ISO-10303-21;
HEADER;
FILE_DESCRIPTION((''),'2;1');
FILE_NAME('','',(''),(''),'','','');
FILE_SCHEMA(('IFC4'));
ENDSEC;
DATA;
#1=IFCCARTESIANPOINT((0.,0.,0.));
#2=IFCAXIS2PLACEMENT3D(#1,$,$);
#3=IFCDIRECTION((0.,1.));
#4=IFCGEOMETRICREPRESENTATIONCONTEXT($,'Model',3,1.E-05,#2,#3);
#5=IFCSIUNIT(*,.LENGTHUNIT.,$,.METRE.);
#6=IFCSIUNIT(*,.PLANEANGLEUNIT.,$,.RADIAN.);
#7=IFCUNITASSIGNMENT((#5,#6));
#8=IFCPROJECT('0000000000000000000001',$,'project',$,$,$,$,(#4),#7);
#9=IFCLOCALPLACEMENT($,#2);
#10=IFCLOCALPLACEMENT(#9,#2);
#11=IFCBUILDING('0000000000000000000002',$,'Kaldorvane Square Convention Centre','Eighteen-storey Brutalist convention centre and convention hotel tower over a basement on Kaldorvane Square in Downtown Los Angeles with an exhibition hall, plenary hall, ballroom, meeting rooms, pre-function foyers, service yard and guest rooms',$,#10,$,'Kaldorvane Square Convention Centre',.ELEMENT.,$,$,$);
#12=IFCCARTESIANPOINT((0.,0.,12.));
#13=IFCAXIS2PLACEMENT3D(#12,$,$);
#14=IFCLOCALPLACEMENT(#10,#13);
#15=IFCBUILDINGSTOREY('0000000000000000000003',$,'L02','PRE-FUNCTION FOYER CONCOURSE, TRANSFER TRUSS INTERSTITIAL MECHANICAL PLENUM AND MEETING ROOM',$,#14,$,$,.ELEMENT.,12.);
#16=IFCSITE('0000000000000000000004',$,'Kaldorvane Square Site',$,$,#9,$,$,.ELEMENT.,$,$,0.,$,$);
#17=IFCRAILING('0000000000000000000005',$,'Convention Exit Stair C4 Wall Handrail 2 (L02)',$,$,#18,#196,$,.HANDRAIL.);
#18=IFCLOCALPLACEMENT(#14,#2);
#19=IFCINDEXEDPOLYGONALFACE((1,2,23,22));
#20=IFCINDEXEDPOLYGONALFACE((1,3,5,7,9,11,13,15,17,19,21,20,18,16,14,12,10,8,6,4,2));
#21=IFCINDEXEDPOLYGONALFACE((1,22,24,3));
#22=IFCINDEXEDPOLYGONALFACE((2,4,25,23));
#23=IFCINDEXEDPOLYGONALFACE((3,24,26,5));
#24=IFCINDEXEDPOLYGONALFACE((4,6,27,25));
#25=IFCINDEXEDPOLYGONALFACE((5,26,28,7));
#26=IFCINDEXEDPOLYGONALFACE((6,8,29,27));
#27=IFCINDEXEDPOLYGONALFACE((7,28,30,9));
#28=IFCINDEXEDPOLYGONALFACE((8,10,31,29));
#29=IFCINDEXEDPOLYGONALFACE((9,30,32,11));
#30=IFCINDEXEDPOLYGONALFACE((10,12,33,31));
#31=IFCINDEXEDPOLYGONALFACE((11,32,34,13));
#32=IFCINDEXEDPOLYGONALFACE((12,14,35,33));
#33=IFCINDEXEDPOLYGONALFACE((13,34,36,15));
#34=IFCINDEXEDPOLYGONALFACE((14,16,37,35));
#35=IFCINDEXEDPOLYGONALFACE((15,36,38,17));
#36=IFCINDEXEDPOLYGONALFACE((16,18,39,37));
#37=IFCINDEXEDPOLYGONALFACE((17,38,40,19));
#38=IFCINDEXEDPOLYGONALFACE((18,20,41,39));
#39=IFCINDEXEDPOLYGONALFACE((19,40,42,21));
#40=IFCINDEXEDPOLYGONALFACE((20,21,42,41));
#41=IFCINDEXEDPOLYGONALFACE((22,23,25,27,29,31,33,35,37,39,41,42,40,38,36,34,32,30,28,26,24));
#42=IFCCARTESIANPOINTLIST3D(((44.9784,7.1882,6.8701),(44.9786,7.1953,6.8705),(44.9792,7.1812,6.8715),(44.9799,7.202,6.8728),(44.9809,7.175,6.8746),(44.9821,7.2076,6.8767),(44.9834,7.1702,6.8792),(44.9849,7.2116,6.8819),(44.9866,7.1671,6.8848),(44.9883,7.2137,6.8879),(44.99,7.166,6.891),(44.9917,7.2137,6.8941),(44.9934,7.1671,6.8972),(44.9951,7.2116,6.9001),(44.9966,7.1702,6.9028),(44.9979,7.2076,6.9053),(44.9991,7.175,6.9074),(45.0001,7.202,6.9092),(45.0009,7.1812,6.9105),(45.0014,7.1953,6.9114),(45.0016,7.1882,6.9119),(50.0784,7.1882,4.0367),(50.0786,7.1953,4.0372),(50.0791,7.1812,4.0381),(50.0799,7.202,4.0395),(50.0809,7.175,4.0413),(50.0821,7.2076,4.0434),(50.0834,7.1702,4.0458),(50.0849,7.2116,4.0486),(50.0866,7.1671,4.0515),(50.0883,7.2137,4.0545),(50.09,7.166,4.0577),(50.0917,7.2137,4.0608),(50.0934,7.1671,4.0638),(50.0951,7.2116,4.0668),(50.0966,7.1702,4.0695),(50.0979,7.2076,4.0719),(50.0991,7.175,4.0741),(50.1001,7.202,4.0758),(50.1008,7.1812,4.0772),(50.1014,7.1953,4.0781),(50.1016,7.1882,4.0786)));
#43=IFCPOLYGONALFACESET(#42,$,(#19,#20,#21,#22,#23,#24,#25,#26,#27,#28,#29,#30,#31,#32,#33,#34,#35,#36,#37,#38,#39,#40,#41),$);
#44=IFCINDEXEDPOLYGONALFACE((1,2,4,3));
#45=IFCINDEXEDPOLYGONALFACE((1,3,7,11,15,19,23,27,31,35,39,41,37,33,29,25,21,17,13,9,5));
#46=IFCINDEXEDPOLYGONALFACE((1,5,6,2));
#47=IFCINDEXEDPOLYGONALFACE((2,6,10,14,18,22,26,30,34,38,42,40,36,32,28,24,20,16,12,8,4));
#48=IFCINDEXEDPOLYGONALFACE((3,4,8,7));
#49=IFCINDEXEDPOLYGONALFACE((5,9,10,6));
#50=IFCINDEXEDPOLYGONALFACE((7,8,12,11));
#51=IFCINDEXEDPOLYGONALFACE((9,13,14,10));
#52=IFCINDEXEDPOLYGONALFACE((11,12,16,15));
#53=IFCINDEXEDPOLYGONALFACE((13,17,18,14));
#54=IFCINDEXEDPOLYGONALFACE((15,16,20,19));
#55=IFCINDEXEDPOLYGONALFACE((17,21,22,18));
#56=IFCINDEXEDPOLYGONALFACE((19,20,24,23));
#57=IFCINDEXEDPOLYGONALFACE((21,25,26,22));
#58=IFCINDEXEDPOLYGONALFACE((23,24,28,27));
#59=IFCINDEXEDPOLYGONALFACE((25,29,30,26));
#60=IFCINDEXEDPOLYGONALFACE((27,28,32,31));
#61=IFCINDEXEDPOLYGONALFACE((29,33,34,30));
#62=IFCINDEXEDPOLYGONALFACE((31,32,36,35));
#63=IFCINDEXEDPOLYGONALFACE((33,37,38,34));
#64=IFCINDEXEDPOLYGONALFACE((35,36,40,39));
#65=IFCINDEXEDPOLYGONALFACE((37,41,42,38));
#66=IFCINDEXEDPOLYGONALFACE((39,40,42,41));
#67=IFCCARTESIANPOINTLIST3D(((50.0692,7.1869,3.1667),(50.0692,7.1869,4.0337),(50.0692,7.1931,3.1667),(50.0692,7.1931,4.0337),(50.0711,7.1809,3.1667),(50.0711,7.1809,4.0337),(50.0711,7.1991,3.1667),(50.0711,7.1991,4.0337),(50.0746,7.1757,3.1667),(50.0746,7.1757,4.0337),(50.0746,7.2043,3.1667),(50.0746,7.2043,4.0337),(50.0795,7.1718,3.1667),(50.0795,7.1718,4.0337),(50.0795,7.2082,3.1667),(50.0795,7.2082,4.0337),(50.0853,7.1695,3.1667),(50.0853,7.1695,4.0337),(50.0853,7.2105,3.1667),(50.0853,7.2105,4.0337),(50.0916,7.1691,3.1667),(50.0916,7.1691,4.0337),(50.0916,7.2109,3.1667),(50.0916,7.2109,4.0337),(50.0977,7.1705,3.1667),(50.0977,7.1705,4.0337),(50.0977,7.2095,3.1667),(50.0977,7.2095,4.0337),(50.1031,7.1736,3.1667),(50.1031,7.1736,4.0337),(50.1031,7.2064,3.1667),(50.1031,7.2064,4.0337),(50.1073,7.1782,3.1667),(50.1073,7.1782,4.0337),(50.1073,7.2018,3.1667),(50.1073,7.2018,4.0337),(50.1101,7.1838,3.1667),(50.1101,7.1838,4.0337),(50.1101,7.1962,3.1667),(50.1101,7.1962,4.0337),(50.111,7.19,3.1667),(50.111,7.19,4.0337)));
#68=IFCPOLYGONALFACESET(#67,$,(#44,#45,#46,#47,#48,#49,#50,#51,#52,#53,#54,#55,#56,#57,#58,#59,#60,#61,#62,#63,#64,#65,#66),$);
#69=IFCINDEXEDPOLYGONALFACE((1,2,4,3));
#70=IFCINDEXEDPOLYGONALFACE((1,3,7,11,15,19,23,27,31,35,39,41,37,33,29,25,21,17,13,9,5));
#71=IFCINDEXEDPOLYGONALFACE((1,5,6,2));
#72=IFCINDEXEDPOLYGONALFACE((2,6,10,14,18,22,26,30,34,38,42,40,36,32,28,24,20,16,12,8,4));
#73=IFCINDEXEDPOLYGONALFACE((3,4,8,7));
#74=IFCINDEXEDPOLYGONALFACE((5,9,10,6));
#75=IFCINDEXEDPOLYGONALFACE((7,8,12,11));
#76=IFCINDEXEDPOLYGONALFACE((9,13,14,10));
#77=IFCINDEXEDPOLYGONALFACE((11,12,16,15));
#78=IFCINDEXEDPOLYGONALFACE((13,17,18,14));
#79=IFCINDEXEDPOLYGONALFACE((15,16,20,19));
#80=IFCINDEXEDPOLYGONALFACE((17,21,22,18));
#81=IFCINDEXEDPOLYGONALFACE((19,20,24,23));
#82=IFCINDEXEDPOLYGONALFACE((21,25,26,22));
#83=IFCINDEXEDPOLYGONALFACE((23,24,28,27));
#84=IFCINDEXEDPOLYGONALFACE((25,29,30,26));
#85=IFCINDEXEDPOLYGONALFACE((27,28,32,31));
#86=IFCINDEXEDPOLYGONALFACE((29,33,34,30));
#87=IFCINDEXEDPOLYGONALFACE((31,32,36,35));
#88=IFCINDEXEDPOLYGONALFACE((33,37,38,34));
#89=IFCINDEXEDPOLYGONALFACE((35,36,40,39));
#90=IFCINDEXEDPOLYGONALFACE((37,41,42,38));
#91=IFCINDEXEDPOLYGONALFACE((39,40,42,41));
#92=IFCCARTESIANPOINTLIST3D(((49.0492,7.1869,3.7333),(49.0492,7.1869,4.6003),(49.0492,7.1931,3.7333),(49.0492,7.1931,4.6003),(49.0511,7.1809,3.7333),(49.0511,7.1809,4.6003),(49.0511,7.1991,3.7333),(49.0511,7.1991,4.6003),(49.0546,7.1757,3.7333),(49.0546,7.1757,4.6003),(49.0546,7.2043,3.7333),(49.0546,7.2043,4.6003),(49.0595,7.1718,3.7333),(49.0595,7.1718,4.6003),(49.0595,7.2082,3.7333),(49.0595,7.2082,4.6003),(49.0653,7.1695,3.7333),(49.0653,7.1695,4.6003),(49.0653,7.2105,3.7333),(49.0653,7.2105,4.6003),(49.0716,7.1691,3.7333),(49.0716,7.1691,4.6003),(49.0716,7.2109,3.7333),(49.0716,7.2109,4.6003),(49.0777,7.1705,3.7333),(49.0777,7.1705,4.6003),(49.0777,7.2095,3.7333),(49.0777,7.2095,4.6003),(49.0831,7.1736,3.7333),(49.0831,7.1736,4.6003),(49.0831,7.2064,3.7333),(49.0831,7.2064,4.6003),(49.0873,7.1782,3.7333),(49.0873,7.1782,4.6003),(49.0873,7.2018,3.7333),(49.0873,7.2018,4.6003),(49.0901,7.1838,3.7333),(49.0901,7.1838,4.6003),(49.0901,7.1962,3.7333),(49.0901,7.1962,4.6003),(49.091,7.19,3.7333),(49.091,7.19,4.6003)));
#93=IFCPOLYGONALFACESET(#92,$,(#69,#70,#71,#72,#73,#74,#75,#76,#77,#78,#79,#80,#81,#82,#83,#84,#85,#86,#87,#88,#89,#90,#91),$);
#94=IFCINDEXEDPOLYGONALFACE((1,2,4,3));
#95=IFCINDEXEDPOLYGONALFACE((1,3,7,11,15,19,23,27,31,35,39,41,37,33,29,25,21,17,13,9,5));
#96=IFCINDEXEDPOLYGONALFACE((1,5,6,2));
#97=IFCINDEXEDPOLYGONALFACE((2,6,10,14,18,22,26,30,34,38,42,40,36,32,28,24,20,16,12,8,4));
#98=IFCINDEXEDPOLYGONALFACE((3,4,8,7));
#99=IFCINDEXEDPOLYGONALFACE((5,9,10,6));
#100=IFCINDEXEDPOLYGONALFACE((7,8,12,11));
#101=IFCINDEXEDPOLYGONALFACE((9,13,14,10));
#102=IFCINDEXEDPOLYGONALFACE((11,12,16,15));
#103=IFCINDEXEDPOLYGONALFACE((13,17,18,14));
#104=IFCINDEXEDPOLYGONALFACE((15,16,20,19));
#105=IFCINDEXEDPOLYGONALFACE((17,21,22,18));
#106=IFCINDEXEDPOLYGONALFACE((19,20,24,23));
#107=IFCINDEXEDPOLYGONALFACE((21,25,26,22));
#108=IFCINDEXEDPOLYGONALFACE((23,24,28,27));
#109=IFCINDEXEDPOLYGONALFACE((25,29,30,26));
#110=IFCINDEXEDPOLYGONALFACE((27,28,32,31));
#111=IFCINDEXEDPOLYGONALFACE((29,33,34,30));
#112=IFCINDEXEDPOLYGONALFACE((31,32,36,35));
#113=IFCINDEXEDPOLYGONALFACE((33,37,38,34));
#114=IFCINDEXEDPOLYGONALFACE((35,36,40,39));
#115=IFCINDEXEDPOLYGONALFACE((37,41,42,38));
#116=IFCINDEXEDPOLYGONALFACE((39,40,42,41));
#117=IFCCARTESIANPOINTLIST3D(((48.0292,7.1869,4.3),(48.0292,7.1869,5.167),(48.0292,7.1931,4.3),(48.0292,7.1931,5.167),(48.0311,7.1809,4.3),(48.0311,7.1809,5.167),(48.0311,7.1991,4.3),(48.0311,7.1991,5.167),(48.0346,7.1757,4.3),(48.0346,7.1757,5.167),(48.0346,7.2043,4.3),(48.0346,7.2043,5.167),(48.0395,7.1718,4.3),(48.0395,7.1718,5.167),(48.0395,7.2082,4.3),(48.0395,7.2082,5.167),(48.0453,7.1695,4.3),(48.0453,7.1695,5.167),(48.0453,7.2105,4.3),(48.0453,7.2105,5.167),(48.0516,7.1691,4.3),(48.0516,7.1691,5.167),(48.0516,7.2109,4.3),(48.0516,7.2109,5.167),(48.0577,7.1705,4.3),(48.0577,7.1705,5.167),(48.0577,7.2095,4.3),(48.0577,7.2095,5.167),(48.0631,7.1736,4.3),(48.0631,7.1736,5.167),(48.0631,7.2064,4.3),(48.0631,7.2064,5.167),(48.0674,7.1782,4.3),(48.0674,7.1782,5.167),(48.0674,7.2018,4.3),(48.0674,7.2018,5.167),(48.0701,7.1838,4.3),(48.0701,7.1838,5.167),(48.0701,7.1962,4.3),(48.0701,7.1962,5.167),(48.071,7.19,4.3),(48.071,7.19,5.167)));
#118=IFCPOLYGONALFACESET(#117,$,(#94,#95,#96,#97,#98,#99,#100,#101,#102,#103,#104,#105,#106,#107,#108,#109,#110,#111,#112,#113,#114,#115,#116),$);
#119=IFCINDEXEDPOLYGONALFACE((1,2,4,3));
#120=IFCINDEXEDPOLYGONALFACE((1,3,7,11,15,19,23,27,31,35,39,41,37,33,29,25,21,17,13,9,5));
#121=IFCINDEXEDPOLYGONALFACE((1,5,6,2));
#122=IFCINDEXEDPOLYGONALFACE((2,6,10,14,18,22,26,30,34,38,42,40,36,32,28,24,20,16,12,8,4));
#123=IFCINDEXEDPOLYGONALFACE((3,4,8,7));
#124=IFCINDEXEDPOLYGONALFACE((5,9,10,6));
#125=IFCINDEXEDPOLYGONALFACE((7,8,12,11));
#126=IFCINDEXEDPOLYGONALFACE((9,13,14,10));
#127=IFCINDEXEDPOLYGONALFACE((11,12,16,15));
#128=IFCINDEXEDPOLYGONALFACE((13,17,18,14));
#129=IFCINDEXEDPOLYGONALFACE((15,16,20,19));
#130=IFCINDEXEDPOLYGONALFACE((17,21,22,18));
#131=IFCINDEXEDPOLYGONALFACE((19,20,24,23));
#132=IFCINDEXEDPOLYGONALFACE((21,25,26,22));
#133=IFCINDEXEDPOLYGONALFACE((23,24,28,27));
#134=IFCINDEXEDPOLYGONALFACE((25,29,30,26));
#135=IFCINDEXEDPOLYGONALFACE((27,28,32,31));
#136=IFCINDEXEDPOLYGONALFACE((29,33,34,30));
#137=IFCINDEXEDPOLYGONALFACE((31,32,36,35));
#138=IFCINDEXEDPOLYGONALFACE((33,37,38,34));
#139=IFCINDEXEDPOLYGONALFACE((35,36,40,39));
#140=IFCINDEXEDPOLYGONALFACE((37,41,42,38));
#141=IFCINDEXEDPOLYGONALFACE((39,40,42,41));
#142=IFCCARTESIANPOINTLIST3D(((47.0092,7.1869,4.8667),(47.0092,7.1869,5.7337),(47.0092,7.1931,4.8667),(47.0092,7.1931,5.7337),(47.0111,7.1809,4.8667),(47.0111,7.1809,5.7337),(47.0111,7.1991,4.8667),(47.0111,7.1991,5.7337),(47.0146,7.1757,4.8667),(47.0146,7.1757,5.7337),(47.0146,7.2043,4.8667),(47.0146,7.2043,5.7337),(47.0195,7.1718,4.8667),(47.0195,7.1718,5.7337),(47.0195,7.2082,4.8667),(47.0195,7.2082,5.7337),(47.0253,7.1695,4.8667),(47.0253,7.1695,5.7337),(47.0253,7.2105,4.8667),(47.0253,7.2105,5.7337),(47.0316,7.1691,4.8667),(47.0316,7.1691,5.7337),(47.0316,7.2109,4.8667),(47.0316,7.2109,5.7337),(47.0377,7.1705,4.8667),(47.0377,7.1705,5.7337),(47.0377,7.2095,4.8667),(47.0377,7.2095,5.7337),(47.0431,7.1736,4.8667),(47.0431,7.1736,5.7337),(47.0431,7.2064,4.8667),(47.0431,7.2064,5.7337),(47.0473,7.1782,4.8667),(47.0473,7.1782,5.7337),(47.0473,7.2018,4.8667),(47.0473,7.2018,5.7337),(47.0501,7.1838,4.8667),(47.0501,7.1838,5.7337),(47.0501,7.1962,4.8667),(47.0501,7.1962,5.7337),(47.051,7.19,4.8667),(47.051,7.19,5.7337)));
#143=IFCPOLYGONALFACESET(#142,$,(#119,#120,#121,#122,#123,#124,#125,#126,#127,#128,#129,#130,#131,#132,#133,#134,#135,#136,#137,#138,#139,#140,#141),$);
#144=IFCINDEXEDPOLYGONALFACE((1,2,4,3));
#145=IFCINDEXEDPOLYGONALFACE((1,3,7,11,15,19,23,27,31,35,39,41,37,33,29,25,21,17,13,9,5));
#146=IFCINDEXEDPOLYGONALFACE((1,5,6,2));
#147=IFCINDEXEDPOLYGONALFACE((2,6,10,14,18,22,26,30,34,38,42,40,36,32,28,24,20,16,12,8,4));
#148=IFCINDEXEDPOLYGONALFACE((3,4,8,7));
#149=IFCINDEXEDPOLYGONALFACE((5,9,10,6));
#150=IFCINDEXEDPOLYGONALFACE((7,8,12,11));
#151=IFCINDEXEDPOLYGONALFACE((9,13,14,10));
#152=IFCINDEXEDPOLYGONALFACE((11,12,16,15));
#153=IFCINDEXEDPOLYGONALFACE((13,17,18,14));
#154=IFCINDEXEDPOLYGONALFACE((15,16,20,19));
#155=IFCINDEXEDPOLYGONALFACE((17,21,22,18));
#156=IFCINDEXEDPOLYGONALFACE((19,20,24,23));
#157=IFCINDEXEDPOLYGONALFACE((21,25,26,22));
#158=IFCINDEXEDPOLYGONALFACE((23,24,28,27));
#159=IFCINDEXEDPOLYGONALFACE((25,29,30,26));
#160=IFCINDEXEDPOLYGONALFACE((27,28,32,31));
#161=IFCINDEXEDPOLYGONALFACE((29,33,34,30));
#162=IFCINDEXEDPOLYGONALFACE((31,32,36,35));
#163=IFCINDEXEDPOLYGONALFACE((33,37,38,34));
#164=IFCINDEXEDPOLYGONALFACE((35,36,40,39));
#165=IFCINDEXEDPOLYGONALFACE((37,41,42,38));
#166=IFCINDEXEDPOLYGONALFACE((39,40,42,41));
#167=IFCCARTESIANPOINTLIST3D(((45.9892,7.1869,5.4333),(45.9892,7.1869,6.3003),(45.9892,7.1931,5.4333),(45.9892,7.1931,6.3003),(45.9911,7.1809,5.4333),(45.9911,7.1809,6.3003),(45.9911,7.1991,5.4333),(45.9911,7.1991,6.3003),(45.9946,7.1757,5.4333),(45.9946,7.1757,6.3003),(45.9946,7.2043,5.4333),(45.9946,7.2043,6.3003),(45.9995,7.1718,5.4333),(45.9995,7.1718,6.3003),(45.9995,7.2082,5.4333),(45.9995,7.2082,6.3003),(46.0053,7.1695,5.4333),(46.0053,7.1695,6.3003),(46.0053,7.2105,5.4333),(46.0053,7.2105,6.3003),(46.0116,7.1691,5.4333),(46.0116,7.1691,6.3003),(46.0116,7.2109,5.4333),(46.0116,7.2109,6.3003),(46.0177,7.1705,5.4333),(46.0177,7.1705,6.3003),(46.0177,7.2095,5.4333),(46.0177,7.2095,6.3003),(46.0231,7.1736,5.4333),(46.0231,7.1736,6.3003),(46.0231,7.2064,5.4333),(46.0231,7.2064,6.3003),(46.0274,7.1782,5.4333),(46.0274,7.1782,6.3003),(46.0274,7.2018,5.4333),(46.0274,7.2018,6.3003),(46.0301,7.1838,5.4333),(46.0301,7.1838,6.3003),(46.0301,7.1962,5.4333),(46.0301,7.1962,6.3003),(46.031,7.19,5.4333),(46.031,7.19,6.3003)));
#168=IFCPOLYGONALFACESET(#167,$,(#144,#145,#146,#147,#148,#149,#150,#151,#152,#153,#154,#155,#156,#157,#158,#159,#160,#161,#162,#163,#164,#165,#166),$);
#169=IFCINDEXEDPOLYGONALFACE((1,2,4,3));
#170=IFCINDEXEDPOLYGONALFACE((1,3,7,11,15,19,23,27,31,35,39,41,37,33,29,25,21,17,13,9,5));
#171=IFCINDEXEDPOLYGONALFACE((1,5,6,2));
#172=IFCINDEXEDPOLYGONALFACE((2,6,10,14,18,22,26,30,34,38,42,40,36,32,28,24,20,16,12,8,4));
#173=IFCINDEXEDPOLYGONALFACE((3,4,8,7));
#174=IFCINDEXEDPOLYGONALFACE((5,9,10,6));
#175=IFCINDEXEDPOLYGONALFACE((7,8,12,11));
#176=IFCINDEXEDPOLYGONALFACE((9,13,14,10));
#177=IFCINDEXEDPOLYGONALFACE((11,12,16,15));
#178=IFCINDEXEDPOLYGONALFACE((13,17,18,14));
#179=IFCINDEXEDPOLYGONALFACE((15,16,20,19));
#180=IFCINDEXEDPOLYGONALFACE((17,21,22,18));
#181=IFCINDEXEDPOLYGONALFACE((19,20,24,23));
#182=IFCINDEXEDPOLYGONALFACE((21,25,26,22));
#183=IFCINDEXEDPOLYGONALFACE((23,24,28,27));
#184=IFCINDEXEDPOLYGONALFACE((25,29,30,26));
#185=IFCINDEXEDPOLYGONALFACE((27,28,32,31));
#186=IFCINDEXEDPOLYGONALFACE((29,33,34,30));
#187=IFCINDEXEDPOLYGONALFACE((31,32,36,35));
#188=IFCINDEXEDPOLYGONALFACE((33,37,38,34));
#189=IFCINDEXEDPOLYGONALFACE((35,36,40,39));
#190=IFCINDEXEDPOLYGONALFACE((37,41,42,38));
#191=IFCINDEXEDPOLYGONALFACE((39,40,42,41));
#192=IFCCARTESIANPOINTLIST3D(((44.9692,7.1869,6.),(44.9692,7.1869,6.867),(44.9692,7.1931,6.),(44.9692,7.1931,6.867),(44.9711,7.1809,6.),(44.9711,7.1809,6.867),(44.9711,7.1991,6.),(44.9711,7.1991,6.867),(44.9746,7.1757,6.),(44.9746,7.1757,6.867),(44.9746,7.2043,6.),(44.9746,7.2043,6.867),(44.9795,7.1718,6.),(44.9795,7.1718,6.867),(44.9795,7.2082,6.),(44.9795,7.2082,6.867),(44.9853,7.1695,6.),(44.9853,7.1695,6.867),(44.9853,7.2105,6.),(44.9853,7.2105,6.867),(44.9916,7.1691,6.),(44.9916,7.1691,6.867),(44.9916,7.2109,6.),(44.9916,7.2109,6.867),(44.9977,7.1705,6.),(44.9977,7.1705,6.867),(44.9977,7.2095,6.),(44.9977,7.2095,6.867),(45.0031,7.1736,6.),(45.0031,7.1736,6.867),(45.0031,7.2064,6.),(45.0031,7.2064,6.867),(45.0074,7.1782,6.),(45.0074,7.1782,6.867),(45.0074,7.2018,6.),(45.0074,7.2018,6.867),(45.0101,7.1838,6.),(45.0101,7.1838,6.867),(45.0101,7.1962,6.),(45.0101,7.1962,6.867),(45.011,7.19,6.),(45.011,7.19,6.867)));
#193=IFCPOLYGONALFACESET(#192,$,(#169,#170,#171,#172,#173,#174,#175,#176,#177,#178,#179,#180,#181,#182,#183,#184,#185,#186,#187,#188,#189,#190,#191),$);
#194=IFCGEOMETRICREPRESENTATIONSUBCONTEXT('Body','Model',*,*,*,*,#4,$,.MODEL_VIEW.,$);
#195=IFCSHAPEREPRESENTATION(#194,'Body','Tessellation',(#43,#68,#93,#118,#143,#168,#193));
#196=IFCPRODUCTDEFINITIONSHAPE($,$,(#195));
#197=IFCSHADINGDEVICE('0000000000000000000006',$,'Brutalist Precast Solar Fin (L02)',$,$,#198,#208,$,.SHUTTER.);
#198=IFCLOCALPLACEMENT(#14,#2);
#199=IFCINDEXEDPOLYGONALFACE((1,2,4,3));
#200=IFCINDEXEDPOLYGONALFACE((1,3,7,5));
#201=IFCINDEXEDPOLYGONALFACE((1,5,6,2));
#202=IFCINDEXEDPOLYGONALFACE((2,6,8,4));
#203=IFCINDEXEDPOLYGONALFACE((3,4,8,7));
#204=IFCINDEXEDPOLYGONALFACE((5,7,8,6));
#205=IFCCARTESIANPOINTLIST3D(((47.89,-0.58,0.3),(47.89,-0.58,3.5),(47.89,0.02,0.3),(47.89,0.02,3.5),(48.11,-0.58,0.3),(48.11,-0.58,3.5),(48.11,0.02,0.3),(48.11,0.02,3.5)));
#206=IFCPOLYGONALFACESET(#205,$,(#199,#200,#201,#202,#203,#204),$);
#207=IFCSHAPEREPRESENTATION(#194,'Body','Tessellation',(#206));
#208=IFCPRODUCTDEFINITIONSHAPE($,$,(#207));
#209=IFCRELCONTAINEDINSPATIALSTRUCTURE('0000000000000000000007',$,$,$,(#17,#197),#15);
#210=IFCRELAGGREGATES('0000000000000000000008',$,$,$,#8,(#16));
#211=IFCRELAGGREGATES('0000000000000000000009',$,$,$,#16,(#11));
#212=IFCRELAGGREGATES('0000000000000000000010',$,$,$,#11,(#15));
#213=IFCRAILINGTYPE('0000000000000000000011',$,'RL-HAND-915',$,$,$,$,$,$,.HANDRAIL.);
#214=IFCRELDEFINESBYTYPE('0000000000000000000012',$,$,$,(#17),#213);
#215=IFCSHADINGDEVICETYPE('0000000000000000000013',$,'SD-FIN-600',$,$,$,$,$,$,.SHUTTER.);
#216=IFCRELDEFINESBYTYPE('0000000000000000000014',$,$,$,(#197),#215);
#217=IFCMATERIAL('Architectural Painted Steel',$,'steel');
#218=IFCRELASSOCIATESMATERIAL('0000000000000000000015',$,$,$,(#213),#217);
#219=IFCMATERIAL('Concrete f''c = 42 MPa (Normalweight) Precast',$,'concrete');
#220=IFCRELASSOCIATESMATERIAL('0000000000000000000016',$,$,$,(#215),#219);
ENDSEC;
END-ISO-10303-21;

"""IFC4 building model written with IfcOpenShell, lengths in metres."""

from ifc_helpers import new_model, si_unit, direction, frame, origin, origin_2d, place, context, subcontext, project, spatial, rectangle, circle, extrude, material, type_object, element, save


model = new_model("IFC4")

# Units and contexts
model_context = context("Model", 3, precision=1e-05, world=origin(), true_north=direction((0.0, 1.0)))
body_context = subcontext(model_context, "Body", "Model", "MODEL_VIEW")
ifc_project = project(units=[si_unit("LENGTHUNIT", "METRE"), si_unit("PLANEANGLEUNIT", "RADIAN")], contexts=[model_context])

# Site, building, storey
site_placement = place(None, origin())
site = spatial("IfcSite", under=ifc_project, at=site_placement, Name="Kaldorvane Square Site", CompositionType="ELEMENT", RefElevation=0.0)
building_placement = place(site_placement, origin())
building = spatial("IfcBuilding", under=site, at=building_placement, Name="Kaldorvane Square Convention Centre", Description="Eighteen-storey Brutalist convention centre and convention hotel tower over a basement on Kaldorvane Square in Downtown Los Angeles with an exhibition hall, plenary hall, ballroom, meeting rooms, pre-function foyers, service yard and guest rooms", LongName="Kaldorvane Square Convention Centre", CompositionType="ELEMENT")
storey_placement = place(building_placement, frame((0.0, 0.0, 12.0)))
storey = spatial("IfcBuildingStorey", under=building, at=storey_placement, Name="L02", Description="PRE-FUNCTION FOYER CONCOURSE, TRANSFER TRUSS INTERSTITIAL MECHANICAL PLENUM AND MEETING ROOM", CompositionType="ELEMENT", Elevation=12.0)

# Shared definitions
ifc_material_1 = material(Name="Concrete f'c = 42 MPa (Normalweight) Precast", Category="concrete")

# Railing
ifc_material_2 = material(Name="Architectural Painted Steel", Category="steel")
railing_type_1 = type_object("IfcRailingType", Name="RL-HAND-915", PredefinedType="HANDRAIL", material=ifc_material_2)
railing_1_placement = place(storey_placement, frame((50.09, 7.19, 3.1667)))
element("IfcRailing", 1, at=railing_1_placement, inside=storey, type_object=railing_type_1, Name="Convention Exit Stair C4 Wall Handrail 2 (L02)", PredefinedType="HANDRAIL", context=body_context, shape_type="SweptSolid", body=[
    extrude(circle(Radius=0.024, at=origin_2d()), frame((0.0, 0.0, 0.891), z_axis=(-0.874157, 0.0, 0.485643), x_axis=(0.0, -1.0, 0.0)), (0.0, 0.0, 1.0), 5.8342),
    extrude(circle(Radius=0.021, at=origin_2d()), origin(), (0.0, 0.0, 1.0), 0.867),
    extrude(circle(Radius=0.021, at=origin_2d()), frame((-1.02, 0.0, 0.5667)), (0.0, 0.0, 1.0), 0.867),
    extrude(circle(Radius=0.021, at=origin_2d()), frame((-2.04, 0.0, 1.1333)), (0.0, 0.0, 1.0), 0.867),
    extrude(circle(Radius=0.021, at=origin_2d()), frame((-3.06, 0.0, 1.7)), (0.0, 0.0, 1.0), 0.867),
    extrude(circle(Radius=0.021, at=origin_2d()), frame((-4.08, 0.0, 2.2667)), (0.0, 0.0, 1.0), 0.867),
    extrude(circle(Radius=0.021, at=origin_2d()), frame((-5.1, 0.0, 2.8333)), (0.0, 0.0, 1.0), 0.867),
])

# Shading device
shading_device_type = type_object("IfcShadingDeviceType", Name="SD-FIN-600", PredefinedType="SHUTTER", material=ifc_material_1)
shading_device_placement = place(storey_placement, frame((48.0, -0.28, 0.3), z_axis=(0.0, 0.0, 1.0), x_axis=(1.0, 0.0, 0.0)))
element("IfcShadingDevice", 2, at=shading_device_placement, inside=storey, type_object=shading_device_type, Name="Brutalist Precast Solar Fin (L02)", PredefinedType="SHUTTER", context=body_context, shape_type="SweptSolid", body=[
    extrude(rectangle(XDim=0.22, YDim=0.6, at=origin_2d()), origin(), (0.0, 0.0, 1.0), 3.2),
])

save(model, "model.ifc")
